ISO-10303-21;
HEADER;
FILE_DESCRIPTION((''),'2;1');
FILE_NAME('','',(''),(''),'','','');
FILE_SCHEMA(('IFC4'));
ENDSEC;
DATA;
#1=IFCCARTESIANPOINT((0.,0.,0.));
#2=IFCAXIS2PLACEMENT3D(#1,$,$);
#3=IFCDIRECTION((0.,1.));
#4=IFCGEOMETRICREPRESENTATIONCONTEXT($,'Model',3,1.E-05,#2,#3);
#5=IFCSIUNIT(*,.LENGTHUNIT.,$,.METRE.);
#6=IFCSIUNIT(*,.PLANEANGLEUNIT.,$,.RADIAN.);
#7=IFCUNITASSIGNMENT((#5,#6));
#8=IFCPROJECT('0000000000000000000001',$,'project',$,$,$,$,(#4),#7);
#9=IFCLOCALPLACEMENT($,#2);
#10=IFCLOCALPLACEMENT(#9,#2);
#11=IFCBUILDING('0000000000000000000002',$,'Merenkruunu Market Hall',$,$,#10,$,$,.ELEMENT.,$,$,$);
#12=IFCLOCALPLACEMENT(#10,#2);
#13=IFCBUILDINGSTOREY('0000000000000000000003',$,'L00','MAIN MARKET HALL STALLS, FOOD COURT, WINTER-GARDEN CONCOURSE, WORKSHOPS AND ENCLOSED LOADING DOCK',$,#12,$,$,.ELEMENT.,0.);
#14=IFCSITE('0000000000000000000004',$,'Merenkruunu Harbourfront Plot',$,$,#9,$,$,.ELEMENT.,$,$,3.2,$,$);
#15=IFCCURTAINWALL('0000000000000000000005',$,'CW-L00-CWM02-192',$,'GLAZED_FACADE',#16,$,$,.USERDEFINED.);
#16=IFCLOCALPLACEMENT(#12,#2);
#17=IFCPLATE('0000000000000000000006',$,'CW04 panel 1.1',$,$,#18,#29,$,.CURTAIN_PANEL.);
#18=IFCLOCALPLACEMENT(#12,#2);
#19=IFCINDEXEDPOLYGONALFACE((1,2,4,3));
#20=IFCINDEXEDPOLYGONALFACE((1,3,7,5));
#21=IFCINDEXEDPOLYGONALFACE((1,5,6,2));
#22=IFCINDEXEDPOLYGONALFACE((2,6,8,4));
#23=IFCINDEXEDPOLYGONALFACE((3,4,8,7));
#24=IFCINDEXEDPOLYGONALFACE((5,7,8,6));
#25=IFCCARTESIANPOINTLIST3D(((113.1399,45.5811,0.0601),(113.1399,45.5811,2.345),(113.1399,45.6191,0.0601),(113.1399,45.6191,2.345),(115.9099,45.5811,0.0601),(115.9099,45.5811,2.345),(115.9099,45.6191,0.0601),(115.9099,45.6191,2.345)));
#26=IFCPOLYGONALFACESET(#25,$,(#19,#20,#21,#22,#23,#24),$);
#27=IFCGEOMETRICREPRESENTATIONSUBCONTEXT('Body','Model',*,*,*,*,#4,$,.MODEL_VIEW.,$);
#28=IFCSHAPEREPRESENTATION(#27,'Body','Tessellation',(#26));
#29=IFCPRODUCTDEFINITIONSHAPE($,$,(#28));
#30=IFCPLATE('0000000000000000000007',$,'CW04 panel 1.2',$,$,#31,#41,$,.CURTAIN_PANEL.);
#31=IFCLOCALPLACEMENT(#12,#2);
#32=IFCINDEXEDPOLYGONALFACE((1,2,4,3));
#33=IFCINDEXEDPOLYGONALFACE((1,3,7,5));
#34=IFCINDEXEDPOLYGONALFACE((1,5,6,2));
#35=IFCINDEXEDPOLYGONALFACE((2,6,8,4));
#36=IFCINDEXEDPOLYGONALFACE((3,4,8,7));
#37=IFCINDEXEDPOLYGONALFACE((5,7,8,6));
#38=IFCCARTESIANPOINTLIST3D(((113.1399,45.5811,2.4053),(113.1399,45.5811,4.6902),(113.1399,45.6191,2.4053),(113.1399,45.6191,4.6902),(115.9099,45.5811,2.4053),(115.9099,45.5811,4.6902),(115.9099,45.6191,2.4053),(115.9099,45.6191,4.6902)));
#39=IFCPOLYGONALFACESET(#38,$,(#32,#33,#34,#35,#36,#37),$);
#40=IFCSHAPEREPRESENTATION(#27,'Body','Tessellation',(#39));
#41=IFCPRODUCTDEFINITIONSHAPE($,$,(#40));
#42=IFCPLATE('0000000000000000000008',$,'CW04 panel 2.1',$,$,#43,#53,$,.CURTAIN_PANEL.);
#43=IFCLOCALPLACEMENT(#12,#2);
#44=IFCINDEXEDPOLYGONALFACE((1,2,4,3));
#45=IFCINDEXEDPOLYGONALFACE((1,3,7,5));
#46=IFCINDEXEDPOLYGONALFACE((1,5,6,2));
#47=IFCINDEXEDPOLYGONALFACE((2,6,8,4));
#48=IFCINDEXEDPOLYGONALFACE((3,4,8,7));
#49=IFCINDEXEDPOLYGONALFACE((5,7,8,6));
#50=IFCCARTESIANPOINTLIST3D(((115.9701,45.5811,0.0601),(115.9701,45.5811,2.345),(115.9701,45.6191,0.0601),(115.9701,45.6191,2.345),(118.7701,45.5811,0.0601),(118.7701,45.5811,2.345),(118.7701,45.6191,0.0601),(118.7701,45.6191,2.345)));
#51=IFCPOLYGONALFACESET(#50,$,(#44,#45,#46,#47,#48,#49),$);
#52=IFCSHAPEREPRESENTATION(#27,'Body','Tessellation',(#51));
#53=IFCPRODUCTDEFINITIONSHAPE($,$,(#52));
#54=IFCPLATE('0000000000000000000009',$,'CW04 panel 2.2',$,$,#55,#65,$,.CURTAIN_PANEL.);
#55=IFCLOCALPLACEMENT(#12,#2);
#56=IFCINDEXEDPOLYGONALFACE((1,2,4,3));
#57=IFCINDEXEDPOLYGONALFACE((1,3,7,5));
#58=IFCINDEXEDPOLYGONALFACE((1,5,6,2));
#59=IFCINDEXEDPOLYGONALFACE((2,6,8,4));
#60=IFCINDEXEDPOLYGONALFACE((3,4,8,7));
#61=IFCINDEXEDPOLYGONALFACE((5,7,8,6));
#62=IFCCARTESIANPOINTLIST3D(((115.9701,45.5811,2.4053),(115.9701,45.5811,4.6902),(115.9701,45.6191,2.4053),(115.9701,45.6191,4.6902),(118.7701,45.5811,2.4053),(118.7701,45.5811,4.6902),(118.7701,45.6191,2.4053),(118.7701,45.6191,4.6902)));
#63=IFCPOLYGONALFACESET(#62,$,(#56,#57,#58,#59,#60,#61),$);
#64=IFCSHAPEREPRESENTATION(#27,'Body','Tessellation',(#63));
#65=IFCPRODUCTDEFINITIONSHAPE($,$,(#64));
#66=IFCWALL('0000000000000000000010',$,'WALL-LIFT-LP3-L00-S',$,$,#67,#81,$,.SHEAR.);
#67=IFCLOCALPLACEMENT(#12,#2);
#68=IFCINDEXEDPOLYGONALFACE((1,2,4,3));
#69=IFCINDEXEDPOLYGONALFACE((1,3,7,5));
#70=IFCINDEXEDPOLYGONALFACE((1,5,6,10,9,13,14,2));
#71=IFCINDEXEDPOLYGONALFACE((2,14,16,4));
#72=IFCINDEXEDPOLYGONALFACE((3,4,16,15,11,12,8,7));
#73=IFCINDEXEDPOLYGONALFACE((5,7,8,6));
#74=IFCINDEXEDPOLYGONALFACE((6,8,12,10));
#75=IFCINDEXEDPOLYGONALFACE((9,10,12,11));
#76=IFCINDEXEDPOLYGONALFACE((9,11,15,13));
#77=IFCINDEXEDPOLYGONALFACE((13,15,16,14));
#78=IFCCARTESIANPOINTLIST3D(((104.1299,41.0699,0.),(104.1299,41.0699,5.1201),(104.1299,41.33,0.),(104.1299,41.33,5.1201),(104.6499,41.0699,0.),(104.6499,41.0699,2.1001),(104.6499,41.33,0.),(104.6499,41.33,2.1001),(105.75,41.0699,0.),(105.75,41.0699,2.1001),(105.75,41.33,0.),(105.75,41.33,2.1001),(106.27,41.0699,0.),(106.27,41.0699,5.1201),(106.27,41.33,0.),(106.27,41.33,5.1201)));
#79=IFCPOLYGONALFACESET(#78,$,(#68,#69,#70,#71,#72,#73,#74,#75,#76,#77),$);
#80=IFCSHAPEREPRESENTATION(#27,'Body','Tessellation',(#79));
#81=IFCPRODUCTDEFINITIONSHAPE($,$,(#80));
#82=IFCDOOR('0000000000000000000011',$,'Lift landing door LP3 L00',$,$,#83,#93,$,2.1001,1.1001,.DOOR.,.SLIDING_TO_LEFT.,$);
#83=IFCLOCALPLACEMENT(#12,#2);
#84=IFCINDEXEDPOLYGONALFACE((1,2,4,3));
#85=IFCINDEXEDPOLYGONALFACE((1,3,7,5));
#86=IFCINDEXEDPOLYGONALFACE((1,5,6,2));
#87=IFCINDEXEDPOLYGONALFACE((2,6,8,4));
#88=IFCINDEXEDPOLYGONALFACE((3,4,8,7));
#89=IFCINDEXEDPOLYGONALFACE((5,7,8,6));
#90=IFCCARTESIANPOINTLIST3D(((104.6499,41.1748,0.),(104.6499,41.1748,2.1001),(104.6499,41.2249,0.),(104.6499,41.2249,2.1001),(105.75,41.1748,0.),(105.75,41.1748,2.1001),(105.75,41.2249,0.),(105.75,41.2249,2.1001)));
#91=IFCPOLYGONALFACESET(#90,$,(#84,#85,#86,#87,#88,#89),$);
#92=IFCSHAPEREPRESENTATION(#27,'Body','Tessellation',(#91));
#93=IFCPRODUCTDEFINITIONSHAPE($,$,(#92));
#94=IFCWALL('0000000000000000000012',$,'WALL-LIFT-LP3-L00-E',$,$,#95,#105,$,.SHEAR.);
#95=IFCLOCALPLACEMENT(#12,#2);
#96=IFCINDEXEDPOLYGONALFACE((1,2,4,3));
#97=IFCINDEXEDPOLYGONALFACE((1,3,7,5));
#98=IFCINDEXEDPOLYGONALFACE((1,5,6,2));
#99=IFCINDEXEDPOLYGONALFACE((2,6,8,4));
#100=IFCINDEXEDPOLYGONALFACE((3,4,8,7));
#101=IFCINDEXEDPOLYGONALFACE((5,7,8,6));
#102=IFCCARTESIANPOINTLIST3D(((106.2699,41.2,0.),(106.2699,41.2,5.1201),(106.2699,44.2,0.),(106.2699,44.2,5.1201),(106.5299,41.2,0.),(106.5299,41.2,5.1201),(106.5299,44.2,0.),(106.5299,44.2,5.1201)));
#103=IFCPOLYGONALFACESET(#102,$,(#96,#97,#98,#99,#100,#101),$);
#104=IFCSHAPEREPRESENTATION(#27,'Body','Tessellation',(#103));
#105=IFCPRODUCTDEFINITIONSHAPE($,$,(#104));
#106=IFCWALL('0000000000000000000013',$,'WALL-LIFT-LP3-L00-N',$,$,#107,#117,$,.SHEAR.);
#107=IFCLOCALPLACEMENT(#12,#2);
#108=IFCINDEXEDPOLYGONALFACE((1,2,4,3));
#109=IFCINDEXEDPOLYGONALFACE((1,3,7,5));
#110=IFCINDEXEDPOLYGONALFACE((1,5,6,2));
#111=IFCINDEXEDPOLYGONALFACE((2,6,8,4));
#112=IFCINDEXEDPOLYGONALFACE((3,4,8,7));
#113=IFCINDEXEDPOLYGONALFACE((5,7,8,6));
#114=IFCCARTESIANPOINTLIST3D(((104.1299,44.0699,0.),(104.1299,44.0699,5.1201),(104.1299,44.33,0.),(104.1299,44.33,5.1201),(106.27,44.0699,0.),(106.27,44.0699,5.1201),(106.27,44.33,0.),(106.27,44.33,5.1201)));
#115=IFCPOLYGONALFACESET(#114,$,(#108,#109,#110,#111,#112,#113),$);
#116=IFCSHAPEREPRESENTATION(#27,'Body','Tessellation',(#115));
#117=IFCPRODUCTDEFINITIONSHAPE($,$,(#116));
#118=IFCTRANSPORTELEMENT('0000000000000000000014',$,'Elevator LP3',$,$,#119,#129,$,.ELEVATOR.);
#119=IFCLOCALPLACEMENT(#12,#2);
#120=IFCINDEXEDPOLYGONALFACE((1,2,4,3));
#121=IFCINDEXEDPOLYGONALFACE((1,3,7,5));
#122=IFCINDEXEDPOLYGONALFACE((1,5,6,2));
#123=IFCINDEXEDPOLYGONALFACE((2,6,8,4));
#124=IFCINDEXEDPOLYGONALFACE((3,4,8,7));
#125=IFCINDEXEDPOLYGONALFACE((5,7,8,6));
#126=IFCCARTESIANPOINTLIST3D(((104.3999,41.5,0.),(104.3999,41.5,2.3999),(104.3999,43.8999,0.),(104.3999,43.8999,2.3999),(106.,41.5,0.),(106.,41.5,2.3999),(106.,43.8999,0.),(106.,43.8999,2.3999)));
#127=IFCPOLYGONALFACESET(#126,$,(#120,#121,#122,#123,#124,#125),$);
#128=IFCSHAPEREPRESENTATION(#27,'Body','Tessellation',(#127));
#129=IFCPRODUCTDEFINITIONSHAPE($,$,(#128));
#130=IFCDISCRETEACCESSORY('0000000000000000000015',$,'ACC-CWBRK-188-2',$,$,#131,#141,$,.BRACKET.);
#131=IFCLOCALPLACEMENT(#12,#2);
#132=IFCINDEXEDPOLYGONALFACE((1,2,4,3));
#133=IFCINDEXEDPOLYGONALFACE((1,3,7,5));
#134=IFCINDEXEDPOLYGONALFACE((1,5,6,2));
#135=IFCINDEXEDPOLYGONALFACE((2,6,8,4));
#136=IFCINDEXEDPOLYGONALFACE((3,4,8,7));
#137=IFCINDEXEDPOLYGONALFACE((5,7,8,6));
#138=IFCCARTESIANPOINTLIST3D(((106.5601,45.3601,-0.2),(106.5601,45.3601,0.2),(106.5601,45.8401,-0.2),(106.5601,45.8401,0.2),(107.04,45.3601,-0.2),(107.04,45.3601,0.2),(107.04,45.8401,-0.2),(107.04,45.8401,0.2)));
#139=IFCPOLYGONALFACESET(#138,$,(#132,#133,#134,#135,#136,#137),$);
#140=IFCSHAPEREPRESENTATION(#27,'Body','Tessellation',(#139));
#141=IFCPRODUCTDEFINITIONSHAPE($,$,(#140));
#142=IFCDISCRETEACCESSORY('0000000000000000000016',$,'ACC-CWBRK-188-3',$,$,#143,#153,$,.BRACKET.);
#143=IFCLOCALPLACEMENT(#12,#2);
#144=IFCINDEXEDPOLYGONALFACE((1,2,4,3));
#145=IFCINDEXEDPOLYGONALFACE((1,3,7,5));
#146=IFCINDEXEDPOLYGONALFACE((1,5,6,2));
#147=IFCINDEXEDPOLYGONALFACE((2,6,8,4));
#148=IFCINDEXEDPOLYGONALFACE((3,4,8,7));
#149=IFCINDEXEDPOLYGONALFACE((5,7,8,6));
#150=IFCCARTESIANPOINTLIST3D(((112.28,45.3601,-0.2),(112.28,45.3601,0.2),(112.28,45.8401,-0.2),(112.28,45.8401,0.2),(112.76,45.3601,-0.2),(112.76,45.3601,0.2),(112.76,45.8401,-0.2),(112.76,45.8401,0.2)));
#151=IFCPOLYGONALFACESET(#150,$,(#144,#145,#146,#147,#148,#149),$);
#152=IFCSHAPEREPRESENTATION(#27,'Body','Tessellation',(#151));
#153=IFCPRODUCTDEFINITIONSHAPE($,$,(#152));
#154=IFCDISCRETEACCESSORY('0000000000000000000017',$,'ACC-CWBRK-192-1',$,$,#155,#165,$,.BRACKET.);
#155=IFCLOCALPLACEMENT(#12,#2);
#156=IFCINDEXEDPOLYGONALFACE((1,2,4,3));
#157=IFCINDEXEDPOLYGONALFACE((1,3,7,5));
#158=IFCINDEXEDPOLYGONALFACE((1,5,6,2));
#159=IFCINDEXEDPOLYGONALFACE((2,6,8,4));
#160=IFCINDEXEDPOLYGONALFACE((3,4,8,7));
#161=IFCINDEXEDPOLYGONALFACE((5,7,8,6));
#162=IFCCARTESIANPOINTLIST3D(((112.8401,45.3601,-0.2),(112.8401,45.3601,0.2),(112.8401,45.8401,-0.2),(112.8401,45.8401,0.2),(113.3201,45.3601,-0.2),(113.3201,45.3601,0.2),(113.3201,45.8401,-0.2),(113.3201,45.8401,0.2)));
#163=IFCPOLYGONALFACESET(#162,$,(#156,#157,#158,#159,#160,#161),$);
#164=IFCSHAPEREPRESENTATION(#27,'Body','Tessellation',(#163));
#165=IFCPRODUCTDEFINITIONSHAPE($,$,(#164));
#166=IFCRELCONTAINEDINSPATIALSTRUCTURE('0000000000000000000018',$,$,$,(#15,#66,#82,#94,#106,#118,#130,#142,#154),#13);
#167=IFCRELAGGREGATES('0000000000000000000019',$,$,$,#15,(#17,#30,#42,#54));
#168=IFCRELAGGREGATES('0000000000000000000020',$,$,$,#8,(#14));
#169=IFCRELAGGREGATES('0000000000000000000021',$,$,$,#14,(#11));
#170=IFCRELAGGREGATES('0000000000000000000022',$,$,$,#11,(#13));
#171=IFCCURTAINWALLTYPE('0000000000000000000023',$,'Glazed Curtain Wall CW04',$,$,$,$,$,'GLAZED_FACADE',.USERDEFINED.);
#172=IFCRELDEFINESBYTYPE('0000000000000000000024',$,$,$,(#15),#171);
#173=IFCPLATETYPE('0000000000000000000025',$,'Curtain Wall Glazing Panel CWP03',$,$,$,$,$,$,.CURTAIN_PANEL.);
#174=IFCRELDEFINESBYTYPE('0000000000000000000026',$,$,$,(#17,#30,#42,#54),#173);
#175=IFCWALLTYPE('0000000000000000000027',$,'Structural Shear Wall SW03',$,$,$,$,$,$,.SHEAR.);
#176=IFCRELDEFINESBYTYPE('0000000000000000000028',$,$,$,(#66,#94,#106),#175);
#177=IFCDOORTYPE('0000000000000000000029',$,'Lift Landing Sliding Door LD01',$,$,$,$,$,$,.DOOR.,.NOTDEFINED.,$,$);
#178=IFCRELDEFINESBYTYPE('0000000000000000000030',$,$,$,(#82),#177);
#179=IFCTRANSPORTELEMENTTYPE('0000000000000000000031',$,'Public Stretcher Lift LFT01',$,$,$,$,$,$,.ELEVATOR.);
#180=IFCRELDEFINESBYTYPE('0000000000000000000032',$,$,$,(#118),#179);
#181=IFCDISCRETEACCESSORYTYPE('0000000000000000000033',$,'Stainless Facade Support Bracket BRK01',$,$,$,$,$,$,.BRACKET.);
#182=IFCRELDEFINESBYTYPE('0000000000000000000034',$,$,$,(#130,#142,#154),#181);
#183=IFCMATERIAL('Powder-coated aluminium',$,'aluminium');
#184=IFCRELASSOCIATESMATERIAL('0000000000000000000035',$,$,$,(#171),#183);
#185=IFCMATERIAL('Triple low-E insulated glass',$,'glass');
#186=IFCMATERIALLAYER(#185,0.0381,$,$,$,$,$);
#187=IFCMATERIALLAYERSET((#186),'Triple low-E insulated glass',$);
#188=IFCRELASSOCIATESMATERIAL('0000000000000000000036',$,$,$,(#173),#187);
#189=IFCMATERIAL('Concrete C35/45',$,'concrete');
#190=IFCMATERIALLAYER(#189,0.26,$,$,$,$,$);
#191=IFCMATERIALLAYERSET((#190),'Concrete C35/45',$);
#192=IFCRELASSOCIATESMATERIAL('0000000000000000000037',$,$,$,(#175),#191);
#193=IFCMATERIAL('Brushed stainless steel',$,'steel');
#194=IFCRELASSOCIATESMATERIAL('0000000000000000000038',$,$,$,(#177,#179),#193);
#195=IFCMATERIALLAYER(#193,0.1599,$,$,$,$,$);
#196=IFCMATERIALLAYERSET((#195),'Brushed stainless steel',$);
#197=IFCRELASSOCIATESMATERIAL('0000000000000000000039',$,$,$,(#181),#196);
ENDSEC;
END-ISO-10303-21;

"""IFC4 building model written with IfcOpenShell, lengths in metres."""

from ifc_helpers import new_model, si_unit, direction, frame, frame_2d, origin, origin_2d, place, context, subcontext, project, spatial, rectangle, extrude, material, layer, layer_set, type_object, element, fill, aggregate, save


model = new_model("IFC4")

# Units and contexts
model_context = context("Model", 3, precision=1e-05, world=origin(), true_north=direction((0.0, 1.0)))
body_context = subcontext(model_context, "Body", "Model", "MODEL_VIEW")
ifc_project = project(units=[si_unit("LENGTHUNIT", "METRE"), si_unit("PLANEANGLEUNIT", "RADIAN")], contexts=[model_context])

# Site, building, storey
site_placement = place(None, origin())
site = spatial("IfcSite", under=ifc_project, at=site_placement, Name="Merenkruunu Harbourfront Plot", CompositionType="ELEMENT", RefElevation=3.2)
building_placement = place(site_placement, origin())
building = spatial("IfcBuilding", under=site, at=building_placement, Name="Merenkruunu Market Hall", CompositionType="ELEMENT")
storey_placement = place(building_placement, origin())
storey = spatial("IfcBuildingStorey", under=building, at=storey_placement, Name="L00", Description="MAIN MARKET HALL STALLS, FOOD COURT, WINTER-GARDEN CONCOURSE, WORKSHOPS AND ENCLOSED LOADING DOCK", CompositionType="ELEMENT", Elevation=0.0)

# Curtain wall
ifc_material_1 = material(Name="Powder-coated aluminium", Category="aluminium")
curtain_wall_type = type_object("IfcCurtainWallType", Name="Glazed Curtain Wall CW04", ElementType="GLAZED_FACADE", PredefinedType="USERDEFINED", material=ifc_material_1)
curtain_wall_1_placement = place(storey_placement, origin())
curtain_wall_1 = element("IfcCurtainWall", 1, at=curtain_wall_1_placement, inside=storey, type_object=curtain_wall_type, Name="CW-L00-CWM02-192", ObjectType="GLAZED_FACADE", PredefinedType="USERDEFINED")

# Plates
ifc_material_2 = material(Name="Triple low-E insulated glass", Category="glass")
ifc_layer_1 = layer(ifc_material_2, 0.0381)
ifc_layer_set_1 = layer_set([ifc_layer_1], Name="Triple low-E insulated glass")
plate_type_1 = type_object("IfcPlateType", Name="Curtain Wall Glazing Panel CWP03", PredefinedType="CURTAIN_PANEL", material=ifc_layer_set_1)
plate_1_placement = place(storey_placement, frame((114.5249, 45.6001, 0.0601), z_axis=(0.0, 0.0, 1.0), x_axis=(1.0, 0.0, 0.0)))
plate_1 = element("IfcPlate", 2, at=plate_1_placement, type_object=plate_type_1, Name="CW04 panel 1.1", PredefinedType="CURTAIN_PANEL", context=body_context, shape_type="SweptSolid", body=[
    extrude(rectangle(XDim=2.77, YDim=0.0381, at=origin_2d()), origin(), (0.0, 0.0, 1.0), 2.2849),
])
plate_2_placement = place(storey_placement, frame((114.5249, 45.6001, 2.4053), z_axis=(0.0, 0.0, 1.0), x_axis=(1.0, 0.0, 0.0)))
plate_2 = element("IfcPlate", 3, at=plate_2_placement, type_object=plate_type_1, Name="CW04 panel 1.2", PredefinedType="CURTAIN_PANEL", context=body_context, shape_type="SweptSolid", body=[
    extrude(rectangle(XDim=2.77, YDim=0.0381, at=origin_2d()), origin(), (0.0, 0.0, 1.0), 2.2849),
])
plate_3_placement = place(storey_placement, frame((117.3701, 45.6001, 0.0601), z_axis=(0.0, 0.0, 1.0), x_axis=(1.0, 0.0, 0.0)))
plate_3 = element("IfcPlate", 4, at=plate_3_placement, type_object=plate_type_1, Name="CW04 panel 2.1", PredefinedType="CURTAIN_PANEL", context=body_context, shape_type="SweptSolid", body=[
    extrude(rectangle(XDim=2.8, YDim=0.0381, at=origin_2d()), origin(), (0.0, 0.0, 1.0), 2.2849),
])
plate_4_placement = place(storey_placement, frame((117.3701, 45.6001, 2.4053), z_axis=(0.0, 0.0, 1.0), x_axis=(1.0, 0.0, 0.0)))
plate_4 = element("IfcPlate", 5, at=plate_4_placement, type_object=plate_type_1, Name="CW04 panel 2.2", PredefinedType="CURTAIN_PANEL", context=body_context, shape_type="SweptSolid", body=[
    extrude(rectangle(XDim=2.8, YDim=0.0381, at=origin_2d()), origin(), (0.0, 0.0, 1.0), 2.2849),
])
aggregate(curtain_wall_1, [plate_1, plate_2, plate_3, plate_4])

# Wall, opening, door
ifc_material_3 = material(Name="Concrete C35/45", Category="concrete")
ifc_layer_2 = layer(ifc_material_3, 0.26)
ifc_layer_set_2 = layer_set([ifc_layer_2], Name="Concrete C35/45")
wall_type = type_object("IfcWallType", Name="Structural Shear Wall SW03", PredefinedType="SHEAR", material=ifc_layer_set_2)
wall_1_placement = place(storey_placement, frame((104.1299, 41.2, 0.0), z_axis=(0.0, 0.0, 1.0), x_axis=(1.0, 0.0, 0.0)))
wall_1 = element("IfcWall", 6, at=wall_1_placement, inside=storey, type_object=wall_type, Name="WALL-LIFT-LP3-L00-S", PredefinedType="SHEAR", context=body_context, shape_type="SweptSolid", body=[
    extrude(rectangle(XDim=2.1401, YDim=0.26, at=frame_2d((1.0701, 0.0))), origin(), (0.0, 0.0, 1.0), 5.1201),
])
opening_placement = place(wall_1_placement, frame((0.52, 0.0, 0.0)))
opening = element("IfcOpeningElement", 7, at=opening_placement, cuts=wall_1, PredefinedType="OPENING", context=body_context, shape_type="SweptSolid", body=[
    extrude(rectangle(XDim=1.1001, YDim=2.1001, at=frame_2d((0.55, 1.05))), frame((0.0, 0.1401, 0.0), z_axis=(0.0, -1.0, 0.0), x_axis=(1.0, 0.0, 0.0)), (0.0, 0.0, 1.0), 0.28),
])
ifc_material_4 = material(Name="Brushed stainless steel", Category="steel")
door_type = type_object("IfcDoorType", Name="Lift Landing Sliding Door LD01", OperationType="NOTDEFINED", PredefinedType="DOOR", material=ifc_material_4)
door_placement = place(opening_placement, origin())
door = element("IfcDoor", 8, at=door_placement, inside=storey, type_object=door_type, Name="Lift landing door LP3 L00", OperationType="SLIDING_TO_LEFT", OverallHeight=2.1001, OverallWidth=1.1001, PredefinedType="DOOR", context=body_context, shape_type="SweptSolid", body=[
    extrude(rectangle(XDim=1.1001, YDim=2.1001, at=frame_2d((0.55, 1.05))), frame((0.0, 0.0249, 0.0), z_axis=(0.0, -1.0, 0.0), x_axis=(1.0, 0.0, 0.0)), (0.0, 0.0, 1.0), 0.05),
])
fill(opening, door)

# Walls
wall_2_placement = place(storey_placement, frame((106.3999, 41.2, 0.0), z_axis=(0.0, 0.0, 1.0), x_axis=(0.0, 1.0, 0.0)))
element("IfcWall", 9, at=wall_2_placement, inside=storey, type_object=wall_type, Name="WALL-LIFT-LP3-L00-E", PredefinedType="SHEAR", context=body_context, shape_type="SweptSolid", body=[
    extrude(rectangle(XDim=3.0, YDim=0.26, at=frame_2d((1.5, 0.0))), origin(), (0.0, 0.0, 1.0), 5.1201),
])
wall_3_placement = place(storey_placement, frame((106.27, 44.2, 0.0), z_axis=(0.0, 0.0, 1.0), x_axis=(-1.0, 0.0, 0.0)))
element("IfcWall", 10, at=wall_3_placement, inside=storey, type_object=wall_type, Name="WALL-LIFT-LP3-L00-N", PredefinedType="SHEAR", context=body_context, shape_type="SweptSolid", body=[
    extrude(rectangle(XDim=2.1401, YDim=0.26, at=frame_2d((1.0701, 0.0))), origin(), (0.0, 0.0, 1.0), 5.1201),
])

# Transport element
transport_element_type = type_object("IfcTransportElementType", Name="Public Stretcher Lift LFT01", PredefinedType="ELEVATOR", material=ifc_material_4)
transport_element_placement = place(storey_placement, frame((105.2, 42.7, 0.0), z_axis=(0.0, 0.0, 1.0), x_axis=(1.0, 0.0, 0.0)))
element("IfcTransportElement", 11, at=transport_element_placement, inside=storey, type_object=transport_element_type, Name="Elevator LP3", PredefinedType="ELEVATOR", context=body_context, shape_type="SweptSolid", body=[
    extrude(rectangle(XDim=1.6001, YDim=2.3999, at=origin_2d()), origin(), (0.0, 0.0, 1.0), 2.3999),
])

# Discrete accessories
ifc_layer_3 = layer(ifc_material_4, 0.1599)
ifc_layer_set_3 = layer_set([ifc_layer_3], Name="Brushed stainless steel")
discrete_accessory_type = type_object("IfcDiscreteAccessoryType", Name="Stainless Facade Support Bracket BRK01", PredefinedType="BRACKET", material=ifc_layer_set_3)
for number, where, z_axis, x_axis, name in (
    (12, (106.8, 45.6001, -0.2), (0.0, 0.0, 1.0), (1.0, 0.0, 0.0), "ACC-CWBRK-188-2"),
    (13, (112.52, 45.6001, -0.2), (0.0, 0.0, 1.0), (1.0, 0.0, 0.0), "ACC-CWBRK-188-3"),
    (14, (113.0801, 45.6001, -0.2), (0.0, 0.0, 1.0), (1.0, 0.0, 0.0), "ACC-CWBRK-192-1"),
):
    element("IfcDiscreteAccessory", number, at=place(storey_placement, frame(where, z_axis=z_axis, x_axis=x_axis)), inside=storey, type_object=discrete_accessory_type, Name=name, PredefinedType="BRACKET", context=body_context, shape_type="SweptSolid", body=[
        extrude(rectangle(XDim=0.48, YDim=0.48, at=origin_2d()), origin(), (0.0, 0.0, 1.0), 0.3999),
    ])

save(model, "model.ifc")
